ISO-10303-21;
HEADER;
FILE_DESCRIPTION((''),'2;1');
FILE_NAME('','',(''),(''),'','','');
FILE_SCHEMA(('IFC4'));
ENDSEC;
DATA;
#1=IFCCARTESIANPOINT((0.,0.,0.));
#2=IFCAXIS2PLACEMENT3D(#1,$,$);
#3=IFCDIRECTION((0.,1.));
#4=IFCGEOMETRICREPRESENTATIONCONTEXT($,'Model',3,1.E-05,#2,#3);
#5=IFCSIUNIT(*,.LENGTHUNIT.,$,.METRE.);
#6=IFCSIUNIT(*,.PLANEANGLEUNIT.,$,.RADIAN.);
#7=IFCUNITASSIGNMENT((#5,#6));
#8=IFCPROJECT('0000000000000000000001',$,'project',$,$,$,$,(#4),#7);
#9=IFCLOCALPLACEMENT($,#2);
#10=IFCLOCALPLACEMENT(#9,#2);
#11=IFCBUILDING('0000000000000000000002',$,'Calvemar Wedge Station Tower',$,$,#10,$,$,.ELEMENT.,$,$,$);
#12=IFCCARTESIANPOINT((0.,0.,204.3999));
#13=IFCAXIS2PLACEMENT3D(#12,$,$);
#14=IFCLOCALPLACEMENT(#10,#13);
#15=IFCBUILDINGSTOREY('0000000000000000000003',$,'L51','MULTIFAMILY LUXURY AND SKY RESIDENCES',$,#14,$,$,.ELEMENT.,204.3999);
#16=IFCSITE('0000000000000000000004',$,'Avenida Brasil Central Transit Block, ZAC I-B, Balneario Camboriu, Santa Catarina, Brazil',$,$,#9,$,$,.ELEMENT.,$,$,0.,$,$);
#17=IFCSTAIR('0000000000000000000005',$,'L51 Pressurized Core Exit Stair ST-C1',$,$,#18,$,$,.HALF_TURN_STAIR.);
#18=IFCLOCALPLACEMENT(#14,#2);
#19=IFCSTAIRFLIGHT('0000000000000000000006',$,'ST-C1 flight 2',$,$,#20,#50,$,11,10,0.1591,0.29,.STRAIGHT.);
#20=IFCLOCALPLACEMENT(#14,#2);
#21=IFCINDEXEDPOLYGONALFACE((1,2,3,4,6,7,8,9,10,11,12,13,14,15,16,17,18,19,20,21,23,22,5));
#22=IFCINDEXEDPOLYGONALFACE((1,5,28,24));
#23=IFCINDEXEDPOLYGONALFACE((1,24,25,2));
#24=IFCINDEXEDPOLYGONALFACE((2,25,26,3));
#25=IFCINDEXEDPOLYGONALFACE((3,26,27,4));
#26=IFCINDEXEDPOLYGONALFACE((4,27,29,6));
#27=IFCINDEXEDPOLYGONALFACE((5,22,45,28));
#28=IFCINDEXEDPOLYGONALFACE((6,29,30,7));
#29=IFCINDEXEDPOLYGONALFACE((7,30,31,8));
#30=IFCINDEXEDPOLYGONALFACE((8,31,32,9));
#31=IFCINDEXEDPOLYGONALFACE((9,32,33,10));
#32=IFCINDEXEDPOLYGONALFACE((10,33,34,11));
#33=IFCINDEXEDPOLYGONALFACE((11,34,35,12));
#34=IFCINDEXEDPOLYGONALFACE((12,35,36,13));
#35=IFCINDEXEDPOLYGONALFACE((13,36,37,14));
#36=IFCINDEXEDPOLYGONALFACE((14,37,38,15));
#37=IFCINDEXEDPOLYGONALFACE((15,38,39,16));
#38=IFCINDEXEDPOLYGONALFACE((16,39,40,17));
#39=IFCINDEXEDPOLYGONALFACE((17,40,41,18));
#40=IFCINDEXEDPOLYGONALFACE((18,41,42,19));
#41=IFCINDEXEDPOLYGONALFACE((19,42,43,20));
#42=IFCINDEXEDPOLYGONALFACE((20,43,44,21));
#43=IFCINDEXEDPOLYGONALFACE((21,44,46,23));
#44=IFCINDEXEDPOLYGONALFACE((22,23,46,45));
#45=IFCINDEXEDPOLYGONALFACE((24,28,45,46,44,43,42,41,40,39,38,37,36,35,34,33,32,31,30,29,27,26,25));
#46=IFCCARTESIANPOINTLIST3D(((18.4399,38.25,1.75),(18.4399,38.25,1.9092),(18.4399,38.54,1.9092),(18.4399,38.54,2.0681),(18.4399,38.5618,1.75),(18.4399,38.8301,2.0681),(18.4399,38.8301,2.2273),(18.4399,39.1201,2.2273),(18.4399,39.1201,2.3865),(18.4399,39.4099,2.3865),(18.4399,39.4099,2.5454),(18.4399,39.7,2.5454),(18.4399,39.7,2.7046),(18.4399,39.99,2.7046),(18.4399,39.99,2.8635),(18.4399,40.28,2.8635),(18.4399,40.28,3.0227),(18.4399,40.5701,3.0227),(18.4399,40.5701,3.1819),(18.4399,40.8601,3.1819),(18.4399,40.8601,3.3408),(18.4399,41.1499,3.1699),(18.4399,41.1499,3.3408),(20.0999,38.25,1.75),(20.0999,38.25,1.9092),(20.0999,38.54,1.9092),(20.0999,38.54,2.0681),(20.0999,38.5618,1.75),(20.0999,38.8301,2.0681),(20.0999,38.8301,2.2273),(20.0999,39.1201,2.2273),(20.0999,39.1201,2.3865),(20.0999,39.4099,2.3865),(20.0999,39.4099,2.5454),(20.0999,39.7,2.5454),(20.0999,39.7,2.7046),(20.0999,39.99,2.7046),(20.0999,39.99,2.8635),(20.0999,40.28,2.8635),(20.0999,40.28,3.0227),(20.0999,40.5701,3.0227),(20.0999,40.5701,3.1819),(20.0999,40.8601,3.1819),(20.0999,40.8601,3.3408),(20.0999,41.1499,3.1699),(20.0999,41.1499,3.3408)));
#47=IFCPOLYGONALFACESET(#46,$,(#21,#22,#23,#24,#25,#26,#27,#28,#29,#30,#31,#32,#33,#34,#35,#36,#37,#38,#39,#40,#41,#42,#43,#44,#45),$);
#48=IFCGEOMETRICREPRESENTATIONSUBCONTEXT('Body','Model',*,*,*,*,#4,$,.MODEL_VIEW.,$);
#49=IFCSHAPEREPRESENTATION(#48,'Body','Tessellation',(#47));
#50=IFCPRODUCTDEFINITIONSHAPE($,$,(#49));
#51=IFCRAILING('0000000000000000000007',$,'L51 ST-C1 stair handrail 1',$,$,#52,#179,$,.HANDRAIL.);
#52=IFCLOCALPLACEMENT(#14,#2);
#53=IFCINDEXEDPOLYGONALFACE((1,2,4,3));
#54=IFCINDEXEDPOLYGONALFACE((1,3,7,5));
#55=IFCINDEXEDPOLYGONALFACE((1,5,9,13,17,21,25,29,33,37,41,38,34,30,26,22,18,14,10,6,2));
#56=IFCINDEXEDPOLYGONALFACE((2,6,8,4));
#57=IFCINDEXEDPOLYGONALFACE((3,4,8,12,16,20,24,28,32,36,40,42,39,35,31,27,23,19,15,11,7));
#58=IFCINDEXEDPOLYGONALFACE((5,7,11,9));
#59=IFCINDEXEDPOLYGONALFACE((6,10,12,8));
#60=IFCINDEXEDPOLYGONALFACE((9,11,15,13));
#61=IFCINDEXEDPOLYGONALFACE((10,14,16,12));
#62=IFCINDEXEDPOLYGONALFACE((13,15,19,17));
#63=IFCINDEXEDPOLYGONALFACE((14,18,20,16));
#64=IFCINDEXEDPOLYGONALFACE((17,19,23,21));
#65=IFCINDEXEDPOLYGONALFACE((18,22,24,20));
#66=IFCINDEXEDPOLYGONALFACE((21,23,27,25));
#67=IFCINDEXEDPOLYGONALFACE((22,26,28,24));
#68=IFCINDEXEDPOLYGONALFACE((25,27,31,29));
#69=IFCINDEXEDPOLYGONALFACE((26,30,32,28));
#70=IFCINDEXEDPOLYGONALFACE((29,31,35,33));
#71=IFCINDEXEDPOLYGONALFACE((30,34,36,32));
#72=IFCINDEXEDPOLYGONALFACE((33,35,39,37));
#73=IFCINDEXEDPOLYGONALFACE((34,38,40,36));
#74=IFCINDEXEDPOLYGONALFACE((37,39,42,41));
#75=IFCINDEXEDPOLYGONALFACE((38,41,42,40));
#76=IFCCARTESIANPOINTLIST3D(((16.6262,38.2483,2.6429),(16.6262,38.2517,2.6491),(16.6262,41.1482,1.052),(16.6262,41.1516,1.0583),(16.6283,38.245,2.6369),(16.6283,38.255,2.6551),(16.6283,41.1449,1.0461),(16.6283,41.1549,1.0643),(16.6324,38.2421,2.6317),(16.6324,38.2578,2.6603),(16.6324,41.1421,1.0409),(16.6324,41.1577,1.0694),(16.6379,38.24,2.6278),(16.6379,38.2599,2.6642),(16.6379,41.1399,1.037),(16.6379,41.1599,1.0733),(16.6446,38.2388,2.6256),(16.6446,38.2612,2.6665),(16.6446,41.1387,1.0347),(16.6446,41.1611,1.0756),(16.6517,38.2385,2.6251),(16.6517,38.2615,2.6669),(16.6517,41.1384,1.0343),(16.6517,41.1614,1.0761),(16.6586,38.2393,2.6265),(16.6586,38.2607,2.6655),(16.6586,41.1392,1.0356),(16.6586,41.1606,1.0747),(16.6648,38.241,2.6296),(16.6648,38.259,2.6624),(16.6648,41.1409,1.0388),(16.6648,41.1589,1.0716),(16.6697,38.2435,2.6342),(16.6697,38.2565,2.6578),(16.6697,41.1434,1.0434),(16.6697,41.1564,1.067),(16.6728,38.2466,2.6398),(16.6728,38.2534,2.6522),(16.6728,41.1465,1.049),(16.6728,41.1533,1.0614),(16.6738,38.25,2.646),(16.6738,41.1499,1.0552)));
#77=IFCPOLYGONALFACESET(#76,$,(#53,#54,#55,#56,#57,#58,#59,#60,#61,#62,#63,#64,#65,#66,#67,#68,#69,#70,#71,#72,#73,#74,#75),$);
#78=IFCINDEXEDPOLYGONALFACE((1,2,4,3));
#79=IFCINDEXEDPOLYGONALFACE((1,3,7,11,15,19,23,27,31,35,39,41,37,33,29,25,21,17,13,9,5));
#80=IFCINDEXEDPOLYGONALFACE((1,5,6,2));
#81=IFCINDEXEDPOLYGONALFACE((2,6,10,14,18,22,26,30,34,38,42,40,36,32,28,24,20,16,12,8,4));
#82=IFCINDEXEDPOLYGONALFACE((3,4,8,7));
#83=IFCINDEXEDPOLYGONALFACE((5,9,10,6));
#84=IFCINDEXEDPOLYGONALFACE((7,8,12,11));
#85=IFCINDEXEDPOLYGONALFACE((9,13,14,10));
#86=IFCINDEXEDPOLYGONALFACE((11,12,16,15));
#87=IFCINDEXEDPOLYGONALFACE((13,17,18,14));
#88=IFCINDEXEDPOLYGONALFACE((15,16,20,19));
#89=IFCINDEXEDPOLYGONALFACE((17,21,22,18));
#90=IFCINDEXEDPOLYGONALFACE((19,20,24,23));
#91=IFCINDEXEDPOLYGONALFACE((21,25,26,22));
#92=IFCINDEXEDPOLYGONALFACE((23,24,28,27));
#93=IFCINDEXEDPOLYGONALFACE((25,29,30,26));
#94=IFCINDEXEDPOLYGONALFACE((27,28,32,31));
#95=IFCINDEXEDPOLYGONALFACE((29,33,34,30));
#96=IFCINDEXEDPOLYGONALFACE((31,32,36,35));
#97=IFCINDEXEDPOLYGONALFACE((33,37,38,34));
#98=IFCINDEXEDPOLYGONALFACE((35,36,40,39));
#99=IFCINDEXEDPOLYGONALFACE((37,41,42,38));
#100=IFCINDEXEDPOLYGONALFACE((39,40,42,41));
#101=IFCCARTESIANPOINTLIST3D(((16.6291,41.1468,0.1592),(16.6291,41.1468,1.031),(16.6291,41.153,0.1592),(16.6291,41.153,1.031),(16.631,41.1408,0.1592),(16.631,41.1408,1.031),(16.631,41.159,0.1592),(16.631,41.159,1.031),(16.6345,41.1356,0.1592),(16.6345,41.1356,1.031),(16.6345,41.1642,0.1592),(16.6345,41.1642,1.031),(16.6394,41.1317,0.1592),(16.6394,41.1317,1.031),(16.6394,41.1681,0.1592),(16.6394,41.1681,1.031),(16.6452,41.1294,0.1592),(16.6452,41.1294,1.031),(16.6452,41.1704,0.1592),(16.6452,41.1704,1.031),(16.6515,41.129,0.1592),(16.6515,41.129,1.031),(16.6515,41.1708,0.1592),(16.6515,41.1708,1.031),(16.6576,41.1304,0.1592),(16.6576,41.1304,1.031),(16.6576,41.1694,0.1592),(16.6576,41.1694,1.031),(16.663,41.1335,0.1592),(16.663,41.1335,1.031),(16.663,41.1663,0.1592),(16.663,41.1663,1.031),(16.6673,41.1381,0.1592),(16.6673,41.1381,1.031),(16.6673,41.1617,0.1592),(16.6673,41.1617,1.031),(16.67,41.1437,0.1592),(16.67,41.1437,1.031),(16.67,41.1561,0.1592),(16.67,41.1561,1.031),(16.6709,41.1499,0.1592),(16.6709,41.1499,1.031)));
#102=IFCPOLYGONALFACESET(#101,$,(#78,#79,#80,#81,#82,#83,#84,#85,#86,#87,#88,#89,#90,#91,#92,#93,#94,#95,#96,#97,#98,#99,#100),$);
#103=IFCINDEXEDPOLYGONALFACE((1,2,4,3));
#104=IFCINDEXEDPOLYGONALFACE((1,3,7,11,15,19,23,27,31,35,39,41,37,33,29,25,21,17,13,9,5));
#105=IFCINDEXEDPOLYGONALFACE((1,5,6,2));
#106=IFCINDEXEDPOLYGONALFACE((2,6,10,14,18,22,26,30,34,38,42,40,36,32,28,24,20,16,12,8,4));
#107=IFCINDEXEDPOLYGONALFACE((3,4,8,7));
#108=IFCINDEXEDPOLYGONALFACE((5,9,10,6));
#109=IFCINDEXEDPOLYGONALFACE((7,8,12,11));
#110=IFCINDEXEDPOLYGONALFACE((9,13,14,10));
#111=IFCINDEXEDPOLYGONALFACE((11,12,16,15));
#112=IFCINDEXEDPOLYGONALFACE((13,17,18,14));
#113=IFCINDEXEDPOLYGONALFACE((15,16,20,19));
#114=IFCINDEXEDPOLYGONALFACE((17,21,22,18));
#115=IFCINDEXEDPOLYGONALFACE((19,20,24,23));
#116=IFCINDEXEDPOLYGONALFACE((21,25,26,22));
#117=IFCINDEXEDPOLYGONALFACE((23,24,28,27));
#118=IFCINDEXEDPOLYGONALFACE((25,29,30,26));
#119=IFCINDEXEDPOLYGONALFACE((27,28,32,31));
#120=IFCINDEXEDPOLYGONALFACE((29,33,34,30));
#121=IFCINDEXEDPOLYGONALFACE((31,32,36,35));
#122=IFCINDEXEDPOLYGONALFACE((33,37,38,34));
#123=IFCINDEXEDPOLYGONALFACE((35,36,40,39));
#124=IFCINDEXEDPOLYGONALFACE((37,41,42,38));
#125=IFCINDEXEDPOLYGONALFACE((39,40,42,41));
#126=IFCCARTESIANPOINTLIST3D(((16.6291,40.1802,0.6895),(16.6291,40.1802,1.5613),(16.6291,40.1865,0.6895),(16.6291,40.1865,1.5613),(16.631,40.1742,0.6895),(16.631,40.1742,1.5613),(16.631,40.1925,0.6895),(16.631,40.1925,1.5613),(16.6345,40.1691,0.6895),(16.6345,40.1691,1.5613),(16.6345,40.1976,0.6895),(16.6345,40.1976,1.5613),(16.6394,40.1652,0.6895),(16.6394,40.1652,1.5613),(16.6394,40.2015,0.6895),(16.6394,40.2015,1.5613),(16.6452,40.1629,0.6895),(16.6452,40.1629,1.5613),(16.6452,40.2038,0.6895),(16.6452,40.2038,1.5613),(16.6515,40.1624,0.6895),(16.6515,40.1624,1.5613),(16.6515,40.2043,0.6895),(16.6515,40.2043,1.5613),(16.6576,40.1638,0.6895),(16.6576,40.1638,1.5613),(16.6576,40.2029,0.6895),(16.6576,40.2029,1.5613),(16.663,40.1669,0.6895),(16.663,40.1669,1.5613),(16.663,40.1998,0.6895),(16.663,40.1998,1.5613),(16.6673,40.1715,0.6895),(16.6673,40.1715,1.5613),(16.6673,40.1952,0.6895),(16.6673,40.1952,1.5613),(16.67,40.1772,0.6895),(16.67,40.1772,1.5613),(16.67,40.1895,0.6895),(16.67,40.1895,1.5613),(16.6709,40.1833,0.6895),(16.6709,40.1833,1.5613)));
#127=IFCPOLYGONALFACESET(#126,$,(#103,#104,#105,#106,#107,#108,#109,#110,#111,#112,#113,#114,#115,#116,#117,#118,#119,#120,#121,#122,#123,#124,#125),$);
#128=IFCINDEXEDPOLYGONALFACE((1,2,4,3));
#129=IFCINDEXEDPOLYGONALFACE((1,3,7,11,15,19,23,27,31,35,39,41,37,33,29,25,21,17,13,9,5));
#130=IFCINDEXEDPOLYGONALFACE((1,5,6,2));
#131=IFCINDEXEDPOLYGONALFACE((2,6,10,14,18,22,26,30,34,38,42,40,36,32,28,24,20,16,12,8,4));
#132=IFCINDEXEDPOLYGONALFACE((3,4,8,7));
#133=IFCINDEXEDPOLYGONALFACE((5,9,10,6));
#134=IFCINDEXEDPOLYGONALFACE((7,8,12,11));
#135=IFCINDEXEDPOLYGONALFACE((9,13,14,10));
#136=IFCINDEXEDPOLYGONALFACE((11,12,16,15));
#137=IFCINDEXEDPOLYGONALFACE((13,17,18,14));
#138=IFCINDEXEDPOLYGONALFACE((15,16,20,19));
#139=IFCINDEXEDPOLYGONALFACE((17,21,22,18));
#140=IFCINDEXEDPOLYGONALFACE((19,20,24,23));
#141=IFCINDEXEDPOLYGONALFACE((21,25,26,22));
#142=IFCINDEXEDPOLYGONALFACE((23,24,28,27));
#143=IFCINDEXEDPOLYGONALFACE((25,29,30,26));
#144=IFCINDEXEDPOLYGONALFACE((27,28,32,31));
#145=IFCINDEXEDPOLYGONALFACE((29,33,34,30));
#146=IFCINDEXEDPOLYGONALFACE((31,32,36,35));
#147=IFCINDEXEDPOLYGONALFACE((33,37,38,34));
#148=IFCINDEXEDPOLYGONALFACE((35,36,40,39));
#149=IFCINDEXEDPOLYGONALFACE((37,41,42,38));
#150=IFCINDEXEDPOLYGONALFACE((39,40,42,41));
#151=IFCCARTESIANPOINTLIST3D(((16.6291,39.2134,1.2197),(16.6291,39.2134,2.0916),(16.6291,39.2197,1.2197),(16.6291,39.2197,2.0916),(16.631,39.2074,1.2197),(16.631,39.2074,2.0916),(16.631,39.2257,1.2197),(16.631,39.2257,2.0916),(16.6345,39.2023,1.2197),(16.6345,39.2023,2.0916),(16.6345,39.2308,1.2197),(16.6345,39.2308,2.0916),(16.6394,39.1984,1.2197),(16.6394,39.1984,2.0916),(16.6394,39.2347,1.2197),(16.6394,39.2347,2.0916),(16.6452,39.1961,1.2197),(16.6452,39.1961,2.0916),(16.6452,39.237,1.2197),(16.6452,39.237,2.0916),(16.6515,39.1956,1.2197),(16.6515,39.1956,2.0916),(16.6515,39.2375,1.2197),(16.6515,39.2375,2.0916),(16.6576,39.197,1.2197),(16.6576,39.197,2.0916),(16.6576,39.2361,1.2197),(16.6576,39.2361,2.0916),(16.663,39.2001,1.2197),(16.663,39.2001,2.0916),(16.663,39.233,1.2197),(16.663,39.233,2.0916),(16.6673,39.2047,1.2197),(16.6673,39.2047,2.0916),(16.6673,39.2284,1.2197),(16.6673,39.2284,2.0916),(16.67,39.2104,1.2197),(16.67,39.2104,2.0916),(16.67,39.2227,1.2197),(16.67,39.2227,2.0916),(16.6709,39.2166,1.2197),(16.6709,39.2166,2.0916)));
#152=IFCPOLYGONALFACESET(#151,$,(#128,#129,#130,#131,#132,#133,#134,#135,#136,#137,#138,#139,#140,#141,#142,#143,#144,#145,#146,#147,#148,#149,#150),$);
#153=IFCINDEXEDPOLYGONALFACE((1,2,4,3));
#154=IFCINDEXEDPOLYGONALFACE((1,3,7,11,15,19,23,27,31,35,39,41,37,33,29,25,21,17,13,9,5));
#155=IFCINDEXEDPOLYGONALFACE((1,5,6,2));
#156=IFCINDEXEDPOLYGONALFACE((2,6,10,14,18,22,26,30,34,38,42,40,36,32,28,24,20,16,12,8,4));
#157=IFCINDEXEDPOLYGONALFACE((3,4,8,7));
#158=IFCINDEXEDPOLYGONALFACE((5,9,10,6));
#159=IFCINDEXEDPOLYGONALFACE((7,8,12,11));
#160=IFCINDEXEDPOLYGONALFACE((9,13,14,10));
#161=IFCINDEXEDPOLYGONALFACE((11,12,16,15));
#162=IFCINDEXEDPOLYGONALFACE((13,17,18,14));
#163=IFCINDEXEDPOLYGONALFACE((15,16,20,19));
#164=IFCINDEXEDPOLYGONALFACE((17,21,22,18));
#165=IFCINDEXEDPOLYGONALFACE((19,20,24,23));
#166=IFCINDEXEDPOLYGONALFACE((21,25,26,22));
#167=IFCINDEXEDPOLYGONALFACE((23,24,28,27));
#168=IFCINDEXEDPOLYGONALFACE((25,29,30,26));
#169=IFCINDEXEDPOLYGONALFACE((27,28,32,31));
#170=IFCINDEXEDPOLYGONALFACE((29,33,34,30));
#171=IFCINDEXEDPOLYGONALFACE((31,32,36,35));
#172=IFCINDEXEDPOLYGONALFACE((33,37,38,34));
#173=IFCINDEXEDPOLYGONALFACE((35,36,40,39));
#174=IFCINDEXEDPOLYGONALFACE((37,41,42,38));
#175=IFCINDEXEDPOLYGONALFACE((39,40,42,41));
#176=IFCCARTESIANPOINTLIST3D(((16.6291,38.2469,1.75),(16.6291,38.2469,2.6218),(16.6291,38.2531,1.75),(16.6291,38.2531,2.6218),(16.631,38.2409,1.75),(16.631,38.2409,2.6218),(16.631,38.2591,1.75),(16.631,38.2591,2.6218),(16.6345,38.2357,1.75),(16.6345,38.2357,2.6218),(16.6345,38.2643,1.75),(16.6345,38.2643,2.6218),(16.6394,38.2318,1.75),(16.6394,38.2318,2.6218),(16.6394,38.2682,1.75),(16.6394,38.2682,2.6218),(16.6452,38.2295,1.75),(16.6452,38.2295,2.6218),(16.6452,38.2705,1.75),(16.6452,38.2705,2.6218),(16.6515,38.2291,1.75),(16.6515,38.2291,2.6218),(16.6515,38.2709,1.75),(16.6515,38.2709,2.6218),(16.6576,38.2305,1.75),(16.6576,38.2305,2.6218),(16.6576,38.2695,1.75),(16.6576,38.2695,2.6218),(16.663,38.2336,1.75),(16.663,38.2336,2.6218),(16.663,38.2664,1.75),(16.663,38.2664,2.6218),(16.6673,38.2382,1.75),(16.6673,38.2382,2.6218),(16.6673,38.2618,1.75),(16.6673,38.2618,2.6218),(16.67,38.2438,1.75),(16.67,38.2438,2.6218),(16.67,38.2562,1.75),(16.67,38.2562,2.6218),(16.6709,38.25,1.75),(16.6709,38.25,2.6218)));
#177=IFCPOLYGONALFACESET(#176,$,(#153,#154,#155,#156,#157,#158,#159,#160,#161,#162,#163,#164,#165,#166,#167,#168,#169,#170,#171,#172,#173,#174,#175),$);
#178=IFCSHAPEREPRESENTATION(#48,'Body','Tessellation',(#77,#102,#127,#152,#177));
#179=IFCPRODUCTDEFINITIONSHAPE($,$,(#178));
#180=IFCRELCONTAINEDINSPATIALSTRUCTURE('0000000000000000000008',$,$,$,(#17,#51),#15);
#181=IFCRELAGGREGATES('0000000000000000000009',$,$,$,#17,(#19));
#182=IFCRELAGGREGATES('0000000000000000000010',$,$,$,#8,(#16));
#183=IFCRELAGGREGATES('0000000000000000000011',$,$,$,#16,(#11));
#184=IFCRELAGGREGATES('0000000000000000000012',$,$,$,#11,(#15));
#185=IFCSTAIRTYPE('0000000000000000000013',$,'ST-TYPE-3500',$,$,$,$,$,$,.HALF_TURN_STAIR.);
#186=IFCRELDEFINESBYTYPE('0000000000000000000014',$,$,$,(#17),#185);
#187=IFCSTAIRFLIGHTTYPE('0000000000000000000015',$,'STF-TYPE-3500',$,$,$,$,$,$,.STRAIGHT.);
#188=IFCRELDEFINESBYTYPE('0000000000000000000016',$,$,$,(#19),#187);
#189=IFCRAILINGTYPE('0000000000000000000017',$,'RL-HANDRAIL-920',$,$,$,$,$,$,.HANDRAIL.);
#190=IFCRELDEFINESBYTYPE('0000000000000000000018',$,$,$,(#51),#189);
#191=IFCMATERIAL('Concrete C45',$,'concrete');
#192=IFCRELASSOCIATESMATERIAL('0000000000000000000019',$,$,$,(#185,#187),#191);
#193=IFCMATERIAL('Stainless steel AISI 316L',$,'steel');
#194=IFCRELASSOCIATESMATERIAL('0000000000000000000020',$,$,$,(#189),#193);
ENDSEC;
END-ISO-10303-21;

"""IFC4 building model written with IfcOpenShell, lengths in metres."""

from ifc_helpers import new_model, si_unit, direction, frame, origin, origin_2d, place, context, subcontext, project, spatial, polyline, circle, outline, extrude, material, type_object, element, aggregate, save


model = new_model("IFC4")

# Units and contexts
model_context = context("Model", 3, precision=1e-05, world=origin(), true_north=direction((0.0, 1.0)))
body_context = subcontext(model_context, "Body", "Model", "MODEL_VIEW")
ifc_project = project(units=[si_unit("LENGTHUNIT", "METRE"), si_unit("PLANEANGLEUNIT", "RADIAN")], contexts=[model_context])

# Site, building, storey
site_placement = place(None, origin())
site = spatial("IfcSite", under=ifc_project, at=site_placement, Name="Avenida Brasil Central Transit Block, ZAC I-B, Balneario Camboriu, Santa Catarina, Brazil", CompositionType="ELEMENT", RefElevation=0.0)
building_placement = place(site_placement, origin())
building = spatial("IfcBuilding", under=site, at=building_placement, Name="Calvemar Wedge Station Tower", CompositionType="ELEMENT")
storey_placement = place(building_placement, frame((0.0, 0.0, 204.3999)))
storey = spatial("IfcBuildingStorey", under=building, at=storey_placement, Name="L51", Description="MULTIFAMILY LUXURY AND SKY RESIDENCES", CompositionType="ELEMENT", Elevation=204.3999)

# Stair, stair flight
ifc_material_1 = material(Name="Concrete C45", Category="concrete")
stair_type = type_object("IfcStairType", Name="ST-TYPE-3500", PredefinedType="HALF_TURN_STAIR", material=ifc_material_1)
stair_placement = place(storey_placement, origin())
stair = element("IfcStair", 1, at=stair_placement, inside=storey, type_object=stair_type, Name="L51 Pressurized Core Exit Stair ST-C1", PredefinedType="HALF_TURN_STAIR")
stair_flight_type = type_object("IfcStairFlightType", Name="STF-TYPE-3500", PredefinedType="STRAIGHT", material=ifc_material_1)
stair_flight_placement = place(storey_placement, frame((19.27, 38.25, 1.75), z_axis=(0.0, 0.0, 1.0), x_axis=(0.0, 1.0, 0.0)))
stair_flight = element("IfcStairFlight", 2, at=stair_flight_placement, type_object=stair_flight_type, Name="ST-C1 flight 2", NumberOfRisers=11, NumberOfTreads=10, PredefinedType="STRAIGHT", RiserHeight=0.1591, TreadLength=0.29, context=body_context, shape_type="SweptSolid", body=[
    extrude(outline(polyline([(0.0, 0.0), (0.0, 0.1592), (0.29, 0.1592), (0.29, 0.3181), (0.5801, 0.3181), (0.5801, 0.4773), (0.8701, 0.4773), (0.8701, 0.6365), (1.1599, 0.6365), (1.1599, 0.7954), (1.45, 0.7954), (1.45, 0.9546), (1.74, 0.9546), (1.74, 1.1135), (2.03, 1.1135), (2.03, 1.2727), (2.3201, 1.2727), (2.3201, 1.4319), (2.6101, 1.4319), (2.6101, 1.5908), (2.8999, 1.5908), (2.8999, 1.75), (2.8999, 1.4199), (0.3118, 0.0), (0.0, 0.0)])), frame((0.0, 0.8301, 0.0), z_axis=(0.0, -1.0, 0.0), x_axis=(1.0, 0.0, 0.0)), (0.0, 0.0, 1.0), 1.6599),
])
aggregate(stair, [stair_flight])

# Railing
ifc_material_2 = material(Name="Stainless steel AISI 316L", Category="steel")
railing_type_1 = type_object("IfcRailingType", Name="RL-HANDRAIL-920", PredefinedType="HANDRAIL", material=ifc_material_2)
railing_1_placement = place(storey_placement, frame((16.6499, 41.1499, 0.1592)))
element("IfcRailing", 3, at=railing_1_placement, inside=storey, type_object=railing_type_1, Name="L51 ST-C1 stair handrail 1", PredefinedType="HANDRAIL", context=body_context, shape_type="SweptSolid", body=[
    extrude(circle(Radius=0.0239, at=origin_2d()), frame((0.0, 0.0, 0.896), z_axis=(0.0, -0.876742, 0.480961), x_axis=(1.0, 0.0, 0.0)), (0.0, 0.0, 1.0), 3.3076),
    extrude(circle(Radius=0.021, at=origin_2d()), origin(), (0.0, 0.0, 1.0), 0.8718),
    extrude(circle(Radius=0.021, at=origin_2d()), frame((0.0, -0.9666, 0.5303)), (0.0, 0.0, 1.0), 0.8718),
    extrude(circle(Radius=0.021, at=origin_2d()), frame((0.0, -1.9333, 1.0605)), (0.0, 0.0, 1.0), 0.8718),
    extrude(circle(Radius=0.021, at=origin_2d()), frame((0.0, -2.8999, 1.5908)), (0.0, 0.0, 1.0), 0.8718),
])

save(model, "model.ifc")
